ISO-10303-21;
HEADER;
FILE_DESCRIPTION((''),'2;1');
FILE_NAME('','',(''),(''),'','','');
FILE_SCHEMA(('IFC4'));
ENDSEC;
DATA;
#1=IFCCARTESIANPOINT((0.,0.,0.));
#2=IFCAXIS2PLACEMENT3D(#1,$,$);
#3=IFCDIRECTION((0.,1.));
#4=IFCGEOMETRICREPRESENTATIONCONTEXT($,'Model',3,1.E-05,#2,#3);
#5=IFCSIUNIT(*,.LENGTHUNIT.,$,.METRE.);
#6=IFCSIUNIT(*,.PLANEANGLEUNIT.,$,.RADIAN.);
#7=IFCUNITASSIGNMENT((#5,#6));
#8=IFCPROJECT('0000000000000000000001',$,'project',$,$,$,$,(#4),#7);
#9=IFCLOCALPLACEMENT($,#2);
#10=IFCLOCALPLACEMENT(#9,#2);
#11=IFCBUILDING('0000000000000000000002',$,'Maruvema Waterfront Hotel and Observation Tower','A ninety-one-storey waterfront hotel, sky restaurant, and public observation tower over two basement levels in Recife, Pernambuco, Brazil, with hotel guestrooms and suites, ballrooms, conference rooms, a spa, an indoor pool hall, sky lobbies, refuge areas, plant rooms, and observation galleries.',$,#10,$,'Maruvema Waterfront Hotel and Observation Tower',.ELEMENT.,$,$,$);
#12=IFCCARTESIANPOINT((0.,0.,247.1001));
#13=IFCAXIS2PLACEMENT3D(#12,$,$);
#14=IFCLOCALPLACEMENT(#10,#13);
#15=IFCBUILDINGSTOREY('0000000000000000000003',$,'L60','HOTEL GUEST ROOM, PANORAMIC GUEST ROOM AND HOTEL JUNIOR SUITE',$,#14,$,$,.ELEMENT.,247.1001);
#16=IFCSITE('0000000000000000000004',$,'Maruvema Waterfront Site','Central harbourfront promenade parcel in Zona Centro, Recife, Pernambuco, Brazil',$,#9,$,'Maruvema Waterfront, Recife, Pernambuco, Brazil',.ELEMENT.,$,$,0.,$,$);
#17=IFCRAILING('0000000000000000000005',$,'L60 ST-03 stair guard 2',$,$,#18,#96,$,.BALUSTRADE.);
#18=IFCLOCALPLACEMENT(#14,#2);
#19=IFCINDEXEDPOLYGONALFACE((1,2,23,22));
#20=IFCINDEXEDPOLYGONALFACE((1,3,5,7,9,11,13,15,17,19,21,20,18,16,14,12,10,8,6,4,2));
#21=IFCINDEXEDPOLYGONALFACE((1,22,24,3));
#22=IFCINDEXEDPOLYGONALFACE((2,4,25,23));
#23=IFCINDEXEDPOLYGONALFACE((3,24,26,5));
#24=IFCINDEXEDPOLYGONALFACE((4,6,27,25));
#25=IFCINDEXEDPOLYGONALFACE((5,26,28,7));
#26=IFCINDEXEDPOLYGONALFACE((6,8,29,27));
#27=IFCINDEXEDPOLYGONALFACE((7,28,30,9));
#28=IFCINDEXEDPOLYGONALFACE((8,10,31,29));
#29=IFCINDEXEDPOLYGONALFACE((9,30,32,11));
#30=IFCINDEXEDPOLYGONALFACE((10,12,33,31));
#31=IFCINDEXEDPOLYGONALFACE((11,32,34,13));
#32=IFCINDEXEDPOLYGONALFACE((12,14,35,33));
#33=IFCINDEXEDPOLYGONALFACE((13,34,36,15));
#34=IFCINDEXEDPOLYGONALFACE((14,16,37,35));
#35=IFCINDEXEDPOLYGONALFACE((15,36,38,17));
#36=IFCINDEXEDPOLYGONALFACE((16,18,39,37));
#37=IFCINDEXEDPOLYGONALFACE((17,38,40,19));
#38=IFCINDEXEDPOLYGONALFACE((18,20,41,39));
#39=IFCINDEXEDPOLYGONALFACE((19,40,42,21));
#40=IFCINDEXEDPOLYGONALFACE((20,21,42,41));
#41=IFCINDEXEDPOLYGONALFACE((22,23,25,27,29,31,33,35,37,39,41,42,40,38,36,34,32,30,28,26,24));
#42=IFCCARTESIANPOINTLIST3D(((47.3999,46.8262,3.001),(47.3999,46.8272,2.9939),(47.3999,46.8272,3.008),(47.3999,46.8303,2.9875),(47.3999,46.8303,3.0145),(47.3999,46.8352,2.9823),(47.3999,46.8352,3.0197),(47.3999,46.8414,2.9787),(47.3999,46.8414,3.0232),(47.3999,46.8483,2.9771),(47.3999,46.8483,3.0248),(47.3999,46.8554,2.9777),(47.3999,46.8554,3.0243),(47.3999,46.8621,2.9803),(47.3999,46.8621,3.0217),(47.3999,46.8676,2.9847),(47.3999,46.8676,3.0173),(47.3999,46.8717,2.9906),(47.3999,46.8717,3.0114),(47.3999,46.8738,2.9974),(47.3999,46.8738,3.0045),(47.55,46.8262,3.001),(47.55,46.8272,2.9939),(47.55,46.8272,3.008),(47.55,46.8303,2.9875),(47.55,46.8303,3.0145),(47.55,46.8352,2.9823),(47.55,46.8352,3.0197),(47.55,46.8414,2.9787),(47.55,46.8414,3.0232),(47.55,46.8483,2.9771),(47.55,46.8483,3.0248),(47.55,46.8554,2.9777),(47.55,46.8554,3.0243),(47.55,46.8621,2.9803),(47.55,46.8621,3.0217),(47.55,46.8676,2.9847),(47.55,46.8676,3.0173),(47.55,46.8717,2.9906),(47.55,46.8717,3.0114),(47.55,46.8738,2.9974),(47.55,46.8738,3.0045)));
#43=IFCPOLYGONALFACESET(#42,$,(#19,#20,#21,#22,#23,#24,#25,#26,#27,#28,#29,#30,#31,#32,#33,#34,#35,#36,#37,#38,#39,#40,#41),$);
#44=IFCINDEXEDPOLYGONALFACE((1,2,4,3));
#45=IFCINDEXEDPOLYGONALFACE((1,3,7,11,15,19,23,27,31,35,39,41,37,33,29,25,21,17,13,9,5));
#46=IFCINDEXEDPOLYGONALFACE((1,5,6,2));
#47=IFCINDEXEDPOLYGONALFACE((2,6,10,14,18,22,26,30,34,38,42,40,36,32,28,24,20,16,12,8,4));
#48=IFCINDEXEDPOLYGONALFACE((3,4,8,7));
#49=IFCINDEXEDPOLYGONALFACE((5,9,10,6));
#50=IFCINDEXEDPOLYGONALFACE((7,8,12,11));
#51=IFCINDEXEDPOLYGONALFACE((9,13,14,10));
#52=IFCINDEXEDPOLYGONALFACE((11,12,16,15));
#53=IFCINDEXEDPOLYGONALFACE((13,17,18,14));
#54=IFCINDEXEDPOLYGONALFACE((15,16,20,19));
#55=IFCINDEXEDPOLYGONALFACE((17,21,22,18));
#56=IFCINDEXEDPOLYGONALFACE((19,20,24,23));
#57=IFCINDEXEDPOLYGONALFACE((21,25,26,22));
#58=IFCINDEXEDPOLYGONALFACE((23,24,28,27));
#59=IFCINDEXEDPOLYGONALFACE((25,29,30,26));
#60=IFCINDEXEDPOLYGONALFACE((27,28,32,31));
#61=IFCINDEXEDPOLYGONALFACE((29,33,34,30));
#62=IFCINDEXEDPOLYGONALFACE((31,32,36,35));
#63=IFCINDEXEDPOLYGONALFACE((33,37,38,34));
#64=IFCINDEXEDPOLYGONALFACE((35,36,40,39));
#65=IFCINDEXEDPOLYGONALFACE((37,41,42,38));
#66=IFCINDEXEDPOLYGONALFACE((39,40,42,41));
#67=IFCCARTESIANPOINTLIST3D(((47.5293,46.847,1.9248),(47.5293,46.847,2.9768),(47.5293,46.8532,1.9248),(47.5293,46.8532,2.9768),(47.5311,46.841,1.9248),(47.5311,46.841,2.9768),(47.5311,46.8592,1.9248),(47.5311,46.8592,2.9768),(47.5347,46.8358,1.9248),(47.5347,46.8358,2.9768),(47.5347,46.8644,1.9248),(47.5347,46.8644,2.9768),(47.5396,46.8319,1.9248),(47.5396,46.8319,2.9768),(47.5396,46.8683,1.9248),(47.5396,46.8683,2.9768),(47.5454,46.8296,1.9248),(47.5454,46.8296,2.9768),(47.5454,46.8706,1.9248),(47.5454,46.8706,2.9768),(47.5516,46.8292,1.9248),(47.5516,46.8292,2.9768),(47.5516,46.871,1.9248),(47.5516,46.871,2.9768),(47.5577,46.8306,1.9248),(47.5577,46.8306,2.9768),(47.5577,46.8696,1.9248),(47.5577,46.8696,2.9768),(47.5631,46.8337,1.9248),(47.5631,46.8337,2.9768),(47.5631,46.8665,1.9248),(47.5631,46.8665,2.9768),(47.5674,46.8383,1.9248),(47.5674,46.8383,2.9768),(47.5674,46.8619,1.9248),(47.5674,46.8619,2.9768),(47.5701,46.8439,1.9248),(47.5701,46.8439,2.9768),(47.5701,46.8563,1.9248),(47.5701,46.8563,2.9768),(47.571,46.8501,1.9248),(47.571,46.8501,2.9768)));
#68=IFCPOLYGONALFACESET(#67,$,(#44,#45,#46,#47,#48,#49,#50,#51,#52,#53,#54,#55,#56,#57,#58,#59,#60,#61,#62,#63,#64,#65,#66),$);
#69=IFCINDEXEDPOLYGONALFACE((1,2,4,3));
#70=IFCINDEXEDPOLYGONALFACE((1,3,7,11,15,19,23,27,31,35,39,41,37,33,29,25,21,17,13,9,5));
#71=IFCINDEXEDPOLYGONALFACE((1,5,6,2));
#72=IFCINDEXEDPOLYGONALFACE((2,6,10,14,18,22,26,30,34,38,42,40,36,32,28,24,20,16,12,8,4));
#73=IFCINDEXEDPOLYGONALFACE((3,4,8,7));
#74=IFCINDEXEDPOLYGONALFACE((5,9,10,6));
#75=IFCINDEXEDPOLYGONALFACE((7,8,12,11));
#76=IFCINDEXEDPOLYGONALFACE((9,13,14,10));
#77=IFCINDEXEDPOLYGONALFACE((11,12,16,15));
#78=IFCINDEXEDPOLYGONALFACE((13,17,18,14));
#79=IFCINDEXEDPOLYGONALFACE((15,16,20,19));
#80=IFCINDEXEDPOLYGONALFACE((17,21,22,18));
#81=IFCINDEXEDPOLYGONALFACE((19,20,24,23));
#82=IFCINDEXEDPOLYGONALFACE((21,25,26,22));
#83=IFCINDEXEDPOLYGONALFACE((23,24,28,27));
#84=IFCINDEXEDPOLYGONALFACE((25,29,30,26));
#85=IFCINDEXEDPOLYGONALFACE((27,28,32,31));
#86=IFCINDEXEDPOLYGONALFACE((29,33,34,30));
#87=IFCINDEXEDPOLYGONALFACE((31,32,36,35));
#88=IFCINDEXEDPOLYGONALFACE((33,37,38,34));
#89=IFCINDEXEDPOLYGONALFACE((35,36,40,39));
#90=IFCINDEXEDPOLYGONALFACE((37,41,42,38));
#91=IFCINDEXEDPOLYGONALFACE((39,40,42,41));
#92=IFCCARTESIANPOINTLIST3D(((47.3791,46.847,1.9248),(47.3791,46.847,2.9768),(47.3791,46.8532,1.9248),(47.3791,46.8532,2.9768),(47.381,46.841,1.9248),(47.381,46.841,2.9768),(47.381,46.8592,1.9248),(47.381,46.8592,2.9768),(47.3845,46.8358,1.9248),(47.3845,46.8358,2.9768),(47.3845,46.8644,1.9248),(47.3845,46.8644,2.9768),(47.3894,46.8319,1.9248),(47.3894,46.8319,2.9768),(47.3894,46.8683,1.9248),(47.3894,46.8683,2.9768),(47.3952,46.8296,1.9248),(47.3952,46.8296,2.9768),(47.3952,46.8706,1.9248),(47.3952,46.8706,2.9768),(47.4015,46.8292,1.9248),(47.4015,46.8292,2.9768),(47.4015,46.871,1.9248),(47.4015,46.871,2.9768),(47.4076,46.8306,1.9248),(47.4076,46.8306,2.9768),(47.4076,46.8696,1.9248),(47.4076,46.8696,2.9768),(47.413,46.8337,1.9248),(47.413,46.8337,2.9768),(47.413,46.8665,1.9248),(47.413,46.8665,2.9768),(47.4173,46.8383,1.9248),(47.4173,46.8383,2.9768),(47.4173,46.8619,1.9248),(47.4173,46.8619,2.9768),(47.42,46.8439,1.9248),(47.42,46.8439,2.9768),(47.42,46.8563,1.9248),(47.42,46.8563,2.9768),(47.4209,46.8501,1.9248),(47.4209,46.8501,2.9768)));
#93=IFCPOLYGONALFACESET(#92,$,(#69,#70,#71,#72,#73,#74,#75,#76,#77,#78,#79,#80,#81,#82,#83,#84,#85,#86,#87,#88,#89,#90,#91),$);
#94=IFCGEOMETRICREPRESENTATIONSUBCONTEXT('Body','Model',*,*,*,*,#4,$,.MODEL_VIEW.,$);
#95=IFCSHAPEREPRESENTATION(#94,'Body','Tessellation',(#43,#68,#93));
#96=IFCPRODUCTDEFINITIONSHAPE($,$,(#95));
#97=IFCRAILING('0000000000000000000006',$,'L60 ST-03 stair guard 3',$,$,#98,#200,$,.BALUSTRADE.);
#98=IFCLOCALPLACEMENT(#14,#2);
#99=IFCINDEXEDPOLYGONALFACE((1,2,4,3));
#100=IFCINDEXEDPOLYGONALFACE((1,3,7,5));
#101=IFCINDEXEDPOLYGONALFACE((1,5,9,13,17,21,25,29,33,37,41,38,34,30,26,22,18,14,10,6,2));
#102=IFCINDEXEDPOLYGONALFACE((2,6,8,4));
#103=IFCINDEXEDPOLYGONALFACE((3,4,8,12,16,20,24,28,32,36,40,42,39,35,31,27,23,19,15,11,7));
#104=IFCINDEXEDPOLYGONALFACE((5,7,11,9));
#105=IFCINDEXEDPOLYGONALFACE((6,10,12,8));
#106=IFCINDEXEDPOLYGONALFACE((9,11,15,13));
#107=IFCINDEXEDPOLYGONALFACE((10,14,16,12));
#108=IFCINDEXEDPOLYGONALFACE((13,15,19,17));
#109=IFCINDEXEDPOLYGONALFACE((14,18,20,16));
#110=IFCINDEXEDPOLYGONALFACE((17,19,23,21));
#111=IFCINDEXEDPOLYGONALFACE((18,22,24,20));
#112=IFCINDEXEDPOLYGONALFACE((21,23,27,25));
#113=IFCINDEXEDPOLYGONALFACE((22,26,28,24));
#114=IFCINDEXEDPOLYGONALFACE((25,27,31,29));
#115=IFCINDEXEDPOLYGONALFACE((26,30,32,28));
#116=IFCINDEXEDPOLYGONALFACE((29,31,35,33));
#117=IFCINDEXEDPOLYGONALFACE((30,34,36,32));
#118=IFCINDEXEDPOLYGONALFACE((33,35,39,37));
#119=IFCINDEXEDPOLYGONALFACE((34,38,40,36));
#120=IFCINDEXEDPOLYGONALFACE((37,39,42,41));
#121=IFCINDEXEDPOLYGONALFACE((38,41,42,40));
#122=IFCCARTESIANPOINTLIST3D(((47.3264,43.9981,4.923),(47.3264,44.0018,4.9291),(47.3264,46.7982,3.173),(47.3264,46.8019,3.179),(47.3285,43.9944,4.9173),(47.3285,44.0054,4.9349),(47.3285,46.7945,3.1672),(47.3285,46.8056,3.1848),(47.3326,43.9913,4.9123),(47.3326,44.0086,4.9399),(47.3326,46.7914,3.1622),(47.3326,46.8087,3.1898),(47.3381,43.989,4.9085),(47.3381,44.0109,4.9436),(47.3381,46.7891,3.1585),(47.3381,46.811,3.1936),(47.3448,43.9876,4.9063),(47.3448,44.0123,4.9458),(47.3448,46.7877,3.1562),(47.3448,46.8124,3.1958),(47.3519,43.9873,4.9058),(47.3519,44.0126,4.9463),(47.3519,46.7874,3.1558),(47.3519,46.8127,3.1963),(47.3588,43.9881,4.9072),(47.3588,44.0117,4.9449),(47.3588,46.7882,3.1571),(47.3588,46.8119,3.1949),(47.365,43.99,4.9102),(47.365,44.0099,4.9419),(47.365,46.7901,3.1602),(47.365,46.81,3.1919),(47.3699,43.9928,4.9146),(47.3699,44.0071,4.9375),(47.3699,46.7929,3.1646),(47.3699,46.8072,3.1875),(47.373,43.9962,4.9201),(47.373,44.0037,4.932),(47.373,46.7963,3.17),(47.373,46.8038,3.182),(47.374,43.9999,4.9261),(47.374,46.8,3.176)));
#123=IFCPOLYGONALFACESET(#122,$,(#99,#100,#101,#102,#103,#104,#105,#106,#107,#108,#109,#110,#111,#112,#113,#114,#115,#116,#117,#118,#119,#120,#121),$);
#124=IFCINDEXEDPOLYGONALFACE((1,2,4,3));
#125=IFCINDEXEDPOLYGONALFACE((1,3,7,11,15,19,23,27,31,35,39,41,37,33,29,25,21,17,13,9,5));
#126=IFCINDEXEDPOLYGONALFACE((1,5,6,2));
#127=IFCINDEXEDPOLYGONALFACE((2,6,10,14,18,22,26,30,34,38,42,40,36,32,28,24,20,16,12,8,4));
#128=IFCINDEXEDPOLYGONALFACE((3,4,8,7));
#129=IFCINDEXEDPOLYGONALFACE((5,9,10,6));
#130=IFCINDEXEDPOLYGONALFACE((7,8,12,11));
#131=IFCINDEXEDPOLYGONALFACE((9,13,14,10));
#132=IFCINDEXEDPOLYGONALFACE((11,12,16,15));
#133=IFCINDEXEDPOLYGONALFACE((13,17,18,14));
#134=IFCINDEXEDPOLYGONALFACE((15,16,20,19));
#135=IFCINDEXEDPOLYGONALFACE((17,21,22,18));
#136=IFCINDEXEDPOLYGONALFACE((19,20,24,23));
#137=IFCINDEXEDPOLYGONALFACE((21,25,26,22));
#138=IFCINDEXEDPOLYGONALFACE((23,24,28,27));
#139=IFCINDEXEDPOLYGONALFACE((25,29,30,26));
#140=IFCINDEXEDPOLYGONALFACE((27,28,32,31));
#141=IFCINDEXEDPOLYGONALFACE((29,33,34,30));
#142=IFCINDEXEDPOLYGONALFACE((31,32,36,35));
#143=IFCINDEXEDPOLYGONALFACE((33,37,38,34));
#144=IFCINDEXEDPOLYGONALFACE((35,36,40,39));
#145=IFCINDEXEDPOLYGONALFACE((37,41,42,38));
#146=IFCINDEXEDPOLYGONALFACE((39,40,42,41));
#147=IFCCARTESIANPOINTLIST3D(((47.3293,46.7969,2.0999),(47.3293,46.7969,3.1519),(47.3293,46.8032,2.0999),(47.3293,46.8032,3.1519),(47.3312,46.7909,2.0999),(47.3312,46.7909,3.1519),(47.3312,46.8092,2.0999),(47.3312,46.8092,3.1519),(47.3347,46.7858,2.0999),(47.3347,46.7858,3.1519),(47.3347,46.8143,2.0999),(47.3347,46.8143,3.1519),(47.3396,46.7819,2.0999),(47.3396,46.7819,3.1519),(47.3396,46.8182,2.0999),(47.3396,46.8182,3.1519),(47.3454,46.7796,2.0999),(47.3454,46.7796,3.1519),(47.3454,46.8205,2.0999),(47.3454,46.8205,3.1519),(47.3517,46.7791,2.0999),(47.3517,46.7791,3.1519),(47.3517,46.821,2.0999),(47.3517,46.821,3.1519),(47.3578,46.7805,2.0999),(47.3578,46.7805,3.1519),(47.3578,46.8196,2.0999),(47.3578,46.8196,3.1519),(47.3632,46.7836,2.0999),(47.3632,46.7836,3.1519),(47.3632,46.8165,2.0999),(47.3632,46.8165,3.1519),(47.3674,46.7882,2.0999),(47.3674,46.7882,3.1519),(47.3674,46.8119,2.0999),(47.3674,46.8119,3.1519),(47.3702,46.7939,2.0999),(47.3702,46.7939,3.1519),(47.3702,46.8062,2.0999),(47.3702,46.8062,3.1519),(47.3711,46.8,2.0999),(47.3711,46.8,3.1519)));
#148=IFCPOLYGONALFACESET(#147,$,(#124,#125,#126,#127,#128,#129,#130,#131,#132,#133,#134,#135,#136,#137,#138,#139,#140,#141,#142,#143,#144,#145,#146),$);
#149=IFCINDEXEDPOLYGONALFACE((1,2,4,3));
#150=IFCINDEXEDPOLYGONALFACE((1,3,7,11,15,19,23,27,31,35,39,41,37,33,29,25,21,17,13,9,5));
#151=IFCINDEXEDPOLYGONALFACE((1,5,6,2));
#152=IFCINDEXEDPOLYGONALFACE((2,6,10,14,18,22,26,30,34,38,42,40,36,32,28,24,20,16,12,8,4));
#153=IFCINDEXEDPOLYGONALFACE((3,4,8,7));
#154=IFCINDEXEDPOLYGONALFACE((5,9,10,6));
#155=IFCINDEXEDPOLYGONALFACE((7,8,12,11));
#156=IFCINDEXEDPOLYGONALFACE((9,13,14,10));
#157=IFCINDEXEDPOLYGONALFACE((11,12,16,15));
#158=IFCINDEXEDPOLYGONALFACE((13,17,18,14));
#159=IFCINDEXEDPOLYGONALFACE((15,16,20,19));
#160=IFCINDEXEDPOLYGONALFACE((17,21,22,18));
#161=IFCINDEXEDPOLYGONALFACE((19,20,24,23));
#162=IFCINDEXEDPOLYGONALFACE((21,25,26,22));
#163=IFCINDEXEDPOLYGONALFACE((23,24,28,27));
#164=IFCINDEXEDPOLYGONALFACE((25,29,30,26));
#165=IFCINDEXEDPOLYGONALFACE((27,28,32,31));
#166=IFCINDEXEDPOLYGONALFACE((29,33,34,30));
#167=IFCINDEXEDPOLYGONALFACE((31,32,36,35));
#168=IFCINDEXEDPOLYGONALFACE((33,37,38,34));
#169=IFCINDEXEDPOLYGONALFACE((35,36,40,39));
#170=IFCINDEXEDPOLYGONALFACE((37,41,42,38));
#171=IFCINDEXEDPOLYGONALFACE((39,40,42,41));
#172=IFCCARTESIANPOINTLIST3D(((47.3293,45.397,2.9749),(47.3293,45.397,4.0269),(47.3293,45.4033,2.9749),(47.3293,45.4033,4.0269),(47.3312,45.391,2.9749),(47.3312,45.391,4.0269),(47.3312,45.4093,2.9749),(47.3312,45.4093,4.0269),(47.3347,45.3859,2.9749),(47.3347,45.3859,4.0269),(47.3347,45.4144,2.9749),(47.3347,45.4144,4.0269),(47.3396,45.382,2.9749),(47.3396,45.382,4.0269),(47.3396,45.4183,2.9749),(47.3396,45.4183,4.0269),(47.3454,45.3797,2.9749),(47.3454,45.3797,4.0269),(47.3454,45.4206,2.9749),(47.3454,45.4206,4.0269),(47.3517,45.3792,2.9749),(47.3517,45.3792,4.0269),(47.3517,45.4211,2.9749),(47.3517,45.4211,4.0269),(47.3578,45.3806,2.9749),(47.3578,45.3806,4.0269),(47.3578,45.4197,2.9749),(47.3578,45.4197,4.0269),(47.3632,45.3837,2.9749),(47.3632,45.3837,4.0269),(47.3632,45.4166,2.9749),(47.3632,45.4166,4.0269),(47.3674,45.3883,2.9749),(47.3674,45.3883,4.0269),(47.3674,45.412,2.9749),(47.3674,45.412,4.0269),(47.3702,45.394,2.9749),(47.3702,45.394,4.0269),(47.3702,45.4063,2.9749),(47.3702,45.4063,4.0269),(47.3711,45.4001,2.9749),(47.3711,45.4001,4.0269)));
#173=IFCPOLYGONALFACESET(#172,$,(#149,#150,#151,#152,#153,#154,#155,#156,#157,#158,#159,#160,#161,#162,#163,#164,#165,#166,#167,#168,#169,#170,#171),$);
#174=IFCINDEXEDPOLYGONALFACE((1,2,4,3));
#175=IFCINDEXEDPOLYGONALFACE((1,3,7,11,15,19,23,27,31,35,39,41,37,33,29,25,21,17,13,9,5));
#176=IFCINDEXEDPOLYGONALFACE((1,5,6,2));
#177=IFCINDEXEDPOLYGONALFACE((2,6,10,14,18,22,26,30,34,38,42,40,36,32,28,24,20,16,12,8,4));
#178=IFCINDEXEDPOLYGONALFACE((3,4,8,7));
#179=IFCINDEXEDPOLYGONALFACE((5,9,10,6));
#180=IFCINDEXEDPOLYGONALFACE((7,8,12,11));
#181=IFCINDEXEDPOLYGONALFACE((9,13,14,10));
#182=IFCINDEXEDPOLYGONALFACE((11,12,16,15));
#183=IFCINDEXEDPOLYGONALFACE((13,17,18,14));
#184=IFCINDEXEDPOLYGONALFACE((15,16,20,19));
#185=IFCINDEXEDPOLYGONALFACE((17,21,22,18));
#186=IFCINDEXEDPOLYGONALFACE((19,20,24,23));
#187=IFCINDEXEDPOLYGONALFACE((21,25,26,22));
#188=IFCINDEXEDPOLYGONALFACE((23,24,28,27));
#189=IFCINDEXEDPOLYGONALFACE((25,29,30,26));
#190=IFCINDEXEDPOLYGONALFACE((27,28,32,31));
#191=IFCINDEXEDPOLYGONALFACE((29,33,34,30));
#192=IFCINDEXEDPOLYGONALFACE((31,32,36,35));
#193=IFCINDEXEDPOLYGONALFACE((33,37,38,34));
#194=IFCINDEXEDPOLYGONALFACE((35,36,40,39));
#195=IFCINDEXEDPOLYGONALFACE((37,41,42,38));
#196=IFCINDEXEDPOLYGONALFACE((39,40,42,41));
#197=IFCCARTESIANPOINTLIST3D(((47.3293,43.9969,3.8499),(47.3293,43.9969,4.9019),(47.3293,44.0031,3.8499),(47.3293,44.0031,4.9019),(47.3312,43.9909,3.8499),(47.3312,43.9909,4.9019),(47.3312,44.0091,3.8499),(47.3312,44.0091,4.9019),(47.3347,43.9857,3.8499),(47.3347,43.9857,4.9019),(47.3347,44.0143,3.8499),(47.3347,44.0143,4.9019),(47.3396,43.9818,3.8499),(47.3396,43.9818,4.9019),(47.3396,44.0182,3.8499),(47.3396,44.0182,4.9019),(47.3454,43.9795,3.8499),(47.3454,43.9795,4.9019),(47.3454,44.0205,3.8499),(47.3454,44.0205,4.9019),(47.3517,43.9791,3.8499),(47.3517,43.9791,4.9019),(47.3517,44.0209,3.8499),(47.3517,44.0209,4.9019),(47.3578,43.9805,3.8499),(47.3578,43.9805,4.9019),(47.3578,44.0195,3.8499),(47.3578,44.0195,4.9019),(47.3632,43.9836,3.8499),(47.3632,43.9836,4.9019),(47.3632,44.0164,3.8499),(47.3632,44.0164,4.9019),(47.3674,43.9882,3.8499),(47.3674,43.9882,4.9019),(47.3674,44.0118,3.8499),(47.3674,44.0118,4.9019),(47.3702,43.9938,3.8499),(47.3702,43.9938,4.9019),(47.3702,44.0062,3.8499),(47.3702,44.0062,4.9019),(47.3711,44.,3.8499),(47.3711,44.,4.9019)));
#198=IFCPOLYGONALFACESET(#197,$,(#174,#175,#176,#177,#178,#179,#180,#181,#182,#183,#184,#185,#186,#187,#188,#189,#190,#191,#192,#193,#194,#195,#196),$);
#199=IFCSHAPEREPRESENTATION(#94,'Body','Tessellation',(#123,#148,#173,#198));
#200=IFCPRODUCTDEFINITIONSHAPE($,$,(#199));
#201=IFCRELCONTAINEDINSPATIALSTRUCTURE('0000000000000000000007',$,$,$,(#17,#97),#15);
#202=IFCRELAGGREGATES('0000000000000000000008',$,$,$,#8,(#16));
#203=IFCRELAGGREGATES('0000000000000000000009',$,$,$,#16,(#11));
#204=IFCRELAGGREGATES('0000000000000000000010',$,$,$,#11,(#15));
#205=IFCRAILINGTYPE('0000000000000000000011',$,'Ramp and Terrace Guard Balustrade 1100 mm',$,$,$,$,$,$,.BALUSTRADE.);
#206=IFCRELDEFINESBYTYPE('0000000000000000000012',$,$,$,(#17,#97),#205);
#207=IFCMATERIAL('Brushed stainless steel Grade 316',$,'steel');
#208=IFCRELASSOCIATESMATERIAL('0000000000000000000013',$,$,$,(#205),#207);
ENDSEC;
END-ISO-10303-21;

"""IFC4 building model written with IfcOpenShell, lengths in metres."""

from ifc_helpers import new_model, si_unit, direction, frame, origin, origin_2d, place, context, subcontext, project, spatial, circle, extrude, material, type_object, element, save


model = new_model("IFC4")

# Units and contexts
model_context = context("Model", 3, precision=1e-05, world=origin(), true_north=direction((0.0, 1.0)))
body_context = subcontext(model_context, "Body", "Model", "MODEL_VIEW")
ifc_project = project(units=[si_unit("LENGTHUNIT", "METRE"), si_unit("PLANEANGLEUNIT", "RADIAN")], contexts=[model_context])

# Site, building, storey
site_placement = place(None, origin())
site = spatial("IfcSite", under=ifc_project, at=site_placement, Name="Maruvema Waterfront Site", Description="Central harbourfront promenade parcel in Zona Centro, Recife, Pernambuco, Brazil", LongName="Maruvema Waterfront, Recife, Pernambuco, Brazil", CompositionType="ELEMENT", RefElevation=0.0)
building_placement = place(site_placement, origin())
building = spatial("IfcBuilding", under=site, at=building_placement, Name="Maruvema Waterfront Hotel and Observation Tower", Description="A ninety-one-storey waterfront hotel, sky restaurant, and public observation tower over two basement levels in Recife, Pernambuco, Brazil, with hotel guestrooms and suites, ballrooms, conference rooms, a spa, an indoor pool hall, sky lobbies, refuge areas, plant rooms, and observation galleries.", LongName="Maruvema Waterfront Hotel and Observation Tower", CompositionType="ELEMENT")
storey_placement = place(building_placement, frame((0.0, 0.0, 247.1001)))
storey = spatial("IfcBuildingStorey", under=building, at=storey_placement, Name="L60", Description="HOTEL GUEST ROOM, PANORAMIC GUEST ROOM AND HOTEL JUNIOR SUITE", CompositionType="ELEMENT", Elevation=247.1001)

# Railings
ifc_material_1 = material(Name="Brushed stainless steel Grade 316", Category="steel")
railing_type_1 = type_object("IfcRailingType", Name="Ramp and Terrace Guard Balustrade 1100 mm", PredefinedType="BALUSTRADE", material=ifc_material_1)
railing_1_placement = place(storey_placement, frame((47.55, 46.8501, 1.9248)))
element("IfcRailing", 1, at=railing_1_placement, inside=storey, type_object=railing_type_1, Name="L60 ST-03 stair guard 2", PredefinedType="BALUSTRADE", context=body_context, shape_type="SweptSolid", body=[
    extrude(circle(Radius=0.0239, at=origin_2d()), frame((0.0, 0.0, 1.0762), z_axis=(-1.0, 0.0, 0.0), x_axis=(0.0, -1.0, 0.0)), (0.0, 0.0, 1.0), 0.1501),
    extrude(circle(Radius=0.021, at=origin_2d()), origin(), (0.0, 0.0, 1.0), 1.052),
    extrude(circle(Radius=0.021, at=origin_2d()), frame((-0.1501, 0.0, 0.0)), (0.0, 0.0, 1.0), 1.052),
])
railing_2_placement = place(storey_placement, frame((47.3501, 46.8, 2.0999)))
element("IfcRailing", 2, at=railing_2_placement, inside=storey, type_object=railing_type_1, Name="L60 ST-03 stair guard 3", PredefinedType="BALUSTRADE", context=body_context, shape_type="SweptSolid", body=[
    extrude(circle(Radius=0.0239, at=origin_2d()), frame((0.0, 0.0, 1.0762), z_axis=(0.0, -0.848002, 0.529992), x_axis=(1.0, 0.0, 0.0)), (0.0, 0.0, 1.0), 3.302),
    extrude(circle(Radius=0.021, at=origin_2d()), origin(), (0.0, 0.0, 1.0), 1.052),
    extrude(circle(Radius=0.021, at=origin_2d()), frame((0.0, -1.3999, 0.875)), (0.0, 0.0, 1.0), 1.052),
    extrude(circle(Radius=0.021, at=origin_2d()), frame((0.0, -2.8, 1.75)), (0.0, 0.0, 1.0), 1.052),
])

save(model, "model.ifc")
